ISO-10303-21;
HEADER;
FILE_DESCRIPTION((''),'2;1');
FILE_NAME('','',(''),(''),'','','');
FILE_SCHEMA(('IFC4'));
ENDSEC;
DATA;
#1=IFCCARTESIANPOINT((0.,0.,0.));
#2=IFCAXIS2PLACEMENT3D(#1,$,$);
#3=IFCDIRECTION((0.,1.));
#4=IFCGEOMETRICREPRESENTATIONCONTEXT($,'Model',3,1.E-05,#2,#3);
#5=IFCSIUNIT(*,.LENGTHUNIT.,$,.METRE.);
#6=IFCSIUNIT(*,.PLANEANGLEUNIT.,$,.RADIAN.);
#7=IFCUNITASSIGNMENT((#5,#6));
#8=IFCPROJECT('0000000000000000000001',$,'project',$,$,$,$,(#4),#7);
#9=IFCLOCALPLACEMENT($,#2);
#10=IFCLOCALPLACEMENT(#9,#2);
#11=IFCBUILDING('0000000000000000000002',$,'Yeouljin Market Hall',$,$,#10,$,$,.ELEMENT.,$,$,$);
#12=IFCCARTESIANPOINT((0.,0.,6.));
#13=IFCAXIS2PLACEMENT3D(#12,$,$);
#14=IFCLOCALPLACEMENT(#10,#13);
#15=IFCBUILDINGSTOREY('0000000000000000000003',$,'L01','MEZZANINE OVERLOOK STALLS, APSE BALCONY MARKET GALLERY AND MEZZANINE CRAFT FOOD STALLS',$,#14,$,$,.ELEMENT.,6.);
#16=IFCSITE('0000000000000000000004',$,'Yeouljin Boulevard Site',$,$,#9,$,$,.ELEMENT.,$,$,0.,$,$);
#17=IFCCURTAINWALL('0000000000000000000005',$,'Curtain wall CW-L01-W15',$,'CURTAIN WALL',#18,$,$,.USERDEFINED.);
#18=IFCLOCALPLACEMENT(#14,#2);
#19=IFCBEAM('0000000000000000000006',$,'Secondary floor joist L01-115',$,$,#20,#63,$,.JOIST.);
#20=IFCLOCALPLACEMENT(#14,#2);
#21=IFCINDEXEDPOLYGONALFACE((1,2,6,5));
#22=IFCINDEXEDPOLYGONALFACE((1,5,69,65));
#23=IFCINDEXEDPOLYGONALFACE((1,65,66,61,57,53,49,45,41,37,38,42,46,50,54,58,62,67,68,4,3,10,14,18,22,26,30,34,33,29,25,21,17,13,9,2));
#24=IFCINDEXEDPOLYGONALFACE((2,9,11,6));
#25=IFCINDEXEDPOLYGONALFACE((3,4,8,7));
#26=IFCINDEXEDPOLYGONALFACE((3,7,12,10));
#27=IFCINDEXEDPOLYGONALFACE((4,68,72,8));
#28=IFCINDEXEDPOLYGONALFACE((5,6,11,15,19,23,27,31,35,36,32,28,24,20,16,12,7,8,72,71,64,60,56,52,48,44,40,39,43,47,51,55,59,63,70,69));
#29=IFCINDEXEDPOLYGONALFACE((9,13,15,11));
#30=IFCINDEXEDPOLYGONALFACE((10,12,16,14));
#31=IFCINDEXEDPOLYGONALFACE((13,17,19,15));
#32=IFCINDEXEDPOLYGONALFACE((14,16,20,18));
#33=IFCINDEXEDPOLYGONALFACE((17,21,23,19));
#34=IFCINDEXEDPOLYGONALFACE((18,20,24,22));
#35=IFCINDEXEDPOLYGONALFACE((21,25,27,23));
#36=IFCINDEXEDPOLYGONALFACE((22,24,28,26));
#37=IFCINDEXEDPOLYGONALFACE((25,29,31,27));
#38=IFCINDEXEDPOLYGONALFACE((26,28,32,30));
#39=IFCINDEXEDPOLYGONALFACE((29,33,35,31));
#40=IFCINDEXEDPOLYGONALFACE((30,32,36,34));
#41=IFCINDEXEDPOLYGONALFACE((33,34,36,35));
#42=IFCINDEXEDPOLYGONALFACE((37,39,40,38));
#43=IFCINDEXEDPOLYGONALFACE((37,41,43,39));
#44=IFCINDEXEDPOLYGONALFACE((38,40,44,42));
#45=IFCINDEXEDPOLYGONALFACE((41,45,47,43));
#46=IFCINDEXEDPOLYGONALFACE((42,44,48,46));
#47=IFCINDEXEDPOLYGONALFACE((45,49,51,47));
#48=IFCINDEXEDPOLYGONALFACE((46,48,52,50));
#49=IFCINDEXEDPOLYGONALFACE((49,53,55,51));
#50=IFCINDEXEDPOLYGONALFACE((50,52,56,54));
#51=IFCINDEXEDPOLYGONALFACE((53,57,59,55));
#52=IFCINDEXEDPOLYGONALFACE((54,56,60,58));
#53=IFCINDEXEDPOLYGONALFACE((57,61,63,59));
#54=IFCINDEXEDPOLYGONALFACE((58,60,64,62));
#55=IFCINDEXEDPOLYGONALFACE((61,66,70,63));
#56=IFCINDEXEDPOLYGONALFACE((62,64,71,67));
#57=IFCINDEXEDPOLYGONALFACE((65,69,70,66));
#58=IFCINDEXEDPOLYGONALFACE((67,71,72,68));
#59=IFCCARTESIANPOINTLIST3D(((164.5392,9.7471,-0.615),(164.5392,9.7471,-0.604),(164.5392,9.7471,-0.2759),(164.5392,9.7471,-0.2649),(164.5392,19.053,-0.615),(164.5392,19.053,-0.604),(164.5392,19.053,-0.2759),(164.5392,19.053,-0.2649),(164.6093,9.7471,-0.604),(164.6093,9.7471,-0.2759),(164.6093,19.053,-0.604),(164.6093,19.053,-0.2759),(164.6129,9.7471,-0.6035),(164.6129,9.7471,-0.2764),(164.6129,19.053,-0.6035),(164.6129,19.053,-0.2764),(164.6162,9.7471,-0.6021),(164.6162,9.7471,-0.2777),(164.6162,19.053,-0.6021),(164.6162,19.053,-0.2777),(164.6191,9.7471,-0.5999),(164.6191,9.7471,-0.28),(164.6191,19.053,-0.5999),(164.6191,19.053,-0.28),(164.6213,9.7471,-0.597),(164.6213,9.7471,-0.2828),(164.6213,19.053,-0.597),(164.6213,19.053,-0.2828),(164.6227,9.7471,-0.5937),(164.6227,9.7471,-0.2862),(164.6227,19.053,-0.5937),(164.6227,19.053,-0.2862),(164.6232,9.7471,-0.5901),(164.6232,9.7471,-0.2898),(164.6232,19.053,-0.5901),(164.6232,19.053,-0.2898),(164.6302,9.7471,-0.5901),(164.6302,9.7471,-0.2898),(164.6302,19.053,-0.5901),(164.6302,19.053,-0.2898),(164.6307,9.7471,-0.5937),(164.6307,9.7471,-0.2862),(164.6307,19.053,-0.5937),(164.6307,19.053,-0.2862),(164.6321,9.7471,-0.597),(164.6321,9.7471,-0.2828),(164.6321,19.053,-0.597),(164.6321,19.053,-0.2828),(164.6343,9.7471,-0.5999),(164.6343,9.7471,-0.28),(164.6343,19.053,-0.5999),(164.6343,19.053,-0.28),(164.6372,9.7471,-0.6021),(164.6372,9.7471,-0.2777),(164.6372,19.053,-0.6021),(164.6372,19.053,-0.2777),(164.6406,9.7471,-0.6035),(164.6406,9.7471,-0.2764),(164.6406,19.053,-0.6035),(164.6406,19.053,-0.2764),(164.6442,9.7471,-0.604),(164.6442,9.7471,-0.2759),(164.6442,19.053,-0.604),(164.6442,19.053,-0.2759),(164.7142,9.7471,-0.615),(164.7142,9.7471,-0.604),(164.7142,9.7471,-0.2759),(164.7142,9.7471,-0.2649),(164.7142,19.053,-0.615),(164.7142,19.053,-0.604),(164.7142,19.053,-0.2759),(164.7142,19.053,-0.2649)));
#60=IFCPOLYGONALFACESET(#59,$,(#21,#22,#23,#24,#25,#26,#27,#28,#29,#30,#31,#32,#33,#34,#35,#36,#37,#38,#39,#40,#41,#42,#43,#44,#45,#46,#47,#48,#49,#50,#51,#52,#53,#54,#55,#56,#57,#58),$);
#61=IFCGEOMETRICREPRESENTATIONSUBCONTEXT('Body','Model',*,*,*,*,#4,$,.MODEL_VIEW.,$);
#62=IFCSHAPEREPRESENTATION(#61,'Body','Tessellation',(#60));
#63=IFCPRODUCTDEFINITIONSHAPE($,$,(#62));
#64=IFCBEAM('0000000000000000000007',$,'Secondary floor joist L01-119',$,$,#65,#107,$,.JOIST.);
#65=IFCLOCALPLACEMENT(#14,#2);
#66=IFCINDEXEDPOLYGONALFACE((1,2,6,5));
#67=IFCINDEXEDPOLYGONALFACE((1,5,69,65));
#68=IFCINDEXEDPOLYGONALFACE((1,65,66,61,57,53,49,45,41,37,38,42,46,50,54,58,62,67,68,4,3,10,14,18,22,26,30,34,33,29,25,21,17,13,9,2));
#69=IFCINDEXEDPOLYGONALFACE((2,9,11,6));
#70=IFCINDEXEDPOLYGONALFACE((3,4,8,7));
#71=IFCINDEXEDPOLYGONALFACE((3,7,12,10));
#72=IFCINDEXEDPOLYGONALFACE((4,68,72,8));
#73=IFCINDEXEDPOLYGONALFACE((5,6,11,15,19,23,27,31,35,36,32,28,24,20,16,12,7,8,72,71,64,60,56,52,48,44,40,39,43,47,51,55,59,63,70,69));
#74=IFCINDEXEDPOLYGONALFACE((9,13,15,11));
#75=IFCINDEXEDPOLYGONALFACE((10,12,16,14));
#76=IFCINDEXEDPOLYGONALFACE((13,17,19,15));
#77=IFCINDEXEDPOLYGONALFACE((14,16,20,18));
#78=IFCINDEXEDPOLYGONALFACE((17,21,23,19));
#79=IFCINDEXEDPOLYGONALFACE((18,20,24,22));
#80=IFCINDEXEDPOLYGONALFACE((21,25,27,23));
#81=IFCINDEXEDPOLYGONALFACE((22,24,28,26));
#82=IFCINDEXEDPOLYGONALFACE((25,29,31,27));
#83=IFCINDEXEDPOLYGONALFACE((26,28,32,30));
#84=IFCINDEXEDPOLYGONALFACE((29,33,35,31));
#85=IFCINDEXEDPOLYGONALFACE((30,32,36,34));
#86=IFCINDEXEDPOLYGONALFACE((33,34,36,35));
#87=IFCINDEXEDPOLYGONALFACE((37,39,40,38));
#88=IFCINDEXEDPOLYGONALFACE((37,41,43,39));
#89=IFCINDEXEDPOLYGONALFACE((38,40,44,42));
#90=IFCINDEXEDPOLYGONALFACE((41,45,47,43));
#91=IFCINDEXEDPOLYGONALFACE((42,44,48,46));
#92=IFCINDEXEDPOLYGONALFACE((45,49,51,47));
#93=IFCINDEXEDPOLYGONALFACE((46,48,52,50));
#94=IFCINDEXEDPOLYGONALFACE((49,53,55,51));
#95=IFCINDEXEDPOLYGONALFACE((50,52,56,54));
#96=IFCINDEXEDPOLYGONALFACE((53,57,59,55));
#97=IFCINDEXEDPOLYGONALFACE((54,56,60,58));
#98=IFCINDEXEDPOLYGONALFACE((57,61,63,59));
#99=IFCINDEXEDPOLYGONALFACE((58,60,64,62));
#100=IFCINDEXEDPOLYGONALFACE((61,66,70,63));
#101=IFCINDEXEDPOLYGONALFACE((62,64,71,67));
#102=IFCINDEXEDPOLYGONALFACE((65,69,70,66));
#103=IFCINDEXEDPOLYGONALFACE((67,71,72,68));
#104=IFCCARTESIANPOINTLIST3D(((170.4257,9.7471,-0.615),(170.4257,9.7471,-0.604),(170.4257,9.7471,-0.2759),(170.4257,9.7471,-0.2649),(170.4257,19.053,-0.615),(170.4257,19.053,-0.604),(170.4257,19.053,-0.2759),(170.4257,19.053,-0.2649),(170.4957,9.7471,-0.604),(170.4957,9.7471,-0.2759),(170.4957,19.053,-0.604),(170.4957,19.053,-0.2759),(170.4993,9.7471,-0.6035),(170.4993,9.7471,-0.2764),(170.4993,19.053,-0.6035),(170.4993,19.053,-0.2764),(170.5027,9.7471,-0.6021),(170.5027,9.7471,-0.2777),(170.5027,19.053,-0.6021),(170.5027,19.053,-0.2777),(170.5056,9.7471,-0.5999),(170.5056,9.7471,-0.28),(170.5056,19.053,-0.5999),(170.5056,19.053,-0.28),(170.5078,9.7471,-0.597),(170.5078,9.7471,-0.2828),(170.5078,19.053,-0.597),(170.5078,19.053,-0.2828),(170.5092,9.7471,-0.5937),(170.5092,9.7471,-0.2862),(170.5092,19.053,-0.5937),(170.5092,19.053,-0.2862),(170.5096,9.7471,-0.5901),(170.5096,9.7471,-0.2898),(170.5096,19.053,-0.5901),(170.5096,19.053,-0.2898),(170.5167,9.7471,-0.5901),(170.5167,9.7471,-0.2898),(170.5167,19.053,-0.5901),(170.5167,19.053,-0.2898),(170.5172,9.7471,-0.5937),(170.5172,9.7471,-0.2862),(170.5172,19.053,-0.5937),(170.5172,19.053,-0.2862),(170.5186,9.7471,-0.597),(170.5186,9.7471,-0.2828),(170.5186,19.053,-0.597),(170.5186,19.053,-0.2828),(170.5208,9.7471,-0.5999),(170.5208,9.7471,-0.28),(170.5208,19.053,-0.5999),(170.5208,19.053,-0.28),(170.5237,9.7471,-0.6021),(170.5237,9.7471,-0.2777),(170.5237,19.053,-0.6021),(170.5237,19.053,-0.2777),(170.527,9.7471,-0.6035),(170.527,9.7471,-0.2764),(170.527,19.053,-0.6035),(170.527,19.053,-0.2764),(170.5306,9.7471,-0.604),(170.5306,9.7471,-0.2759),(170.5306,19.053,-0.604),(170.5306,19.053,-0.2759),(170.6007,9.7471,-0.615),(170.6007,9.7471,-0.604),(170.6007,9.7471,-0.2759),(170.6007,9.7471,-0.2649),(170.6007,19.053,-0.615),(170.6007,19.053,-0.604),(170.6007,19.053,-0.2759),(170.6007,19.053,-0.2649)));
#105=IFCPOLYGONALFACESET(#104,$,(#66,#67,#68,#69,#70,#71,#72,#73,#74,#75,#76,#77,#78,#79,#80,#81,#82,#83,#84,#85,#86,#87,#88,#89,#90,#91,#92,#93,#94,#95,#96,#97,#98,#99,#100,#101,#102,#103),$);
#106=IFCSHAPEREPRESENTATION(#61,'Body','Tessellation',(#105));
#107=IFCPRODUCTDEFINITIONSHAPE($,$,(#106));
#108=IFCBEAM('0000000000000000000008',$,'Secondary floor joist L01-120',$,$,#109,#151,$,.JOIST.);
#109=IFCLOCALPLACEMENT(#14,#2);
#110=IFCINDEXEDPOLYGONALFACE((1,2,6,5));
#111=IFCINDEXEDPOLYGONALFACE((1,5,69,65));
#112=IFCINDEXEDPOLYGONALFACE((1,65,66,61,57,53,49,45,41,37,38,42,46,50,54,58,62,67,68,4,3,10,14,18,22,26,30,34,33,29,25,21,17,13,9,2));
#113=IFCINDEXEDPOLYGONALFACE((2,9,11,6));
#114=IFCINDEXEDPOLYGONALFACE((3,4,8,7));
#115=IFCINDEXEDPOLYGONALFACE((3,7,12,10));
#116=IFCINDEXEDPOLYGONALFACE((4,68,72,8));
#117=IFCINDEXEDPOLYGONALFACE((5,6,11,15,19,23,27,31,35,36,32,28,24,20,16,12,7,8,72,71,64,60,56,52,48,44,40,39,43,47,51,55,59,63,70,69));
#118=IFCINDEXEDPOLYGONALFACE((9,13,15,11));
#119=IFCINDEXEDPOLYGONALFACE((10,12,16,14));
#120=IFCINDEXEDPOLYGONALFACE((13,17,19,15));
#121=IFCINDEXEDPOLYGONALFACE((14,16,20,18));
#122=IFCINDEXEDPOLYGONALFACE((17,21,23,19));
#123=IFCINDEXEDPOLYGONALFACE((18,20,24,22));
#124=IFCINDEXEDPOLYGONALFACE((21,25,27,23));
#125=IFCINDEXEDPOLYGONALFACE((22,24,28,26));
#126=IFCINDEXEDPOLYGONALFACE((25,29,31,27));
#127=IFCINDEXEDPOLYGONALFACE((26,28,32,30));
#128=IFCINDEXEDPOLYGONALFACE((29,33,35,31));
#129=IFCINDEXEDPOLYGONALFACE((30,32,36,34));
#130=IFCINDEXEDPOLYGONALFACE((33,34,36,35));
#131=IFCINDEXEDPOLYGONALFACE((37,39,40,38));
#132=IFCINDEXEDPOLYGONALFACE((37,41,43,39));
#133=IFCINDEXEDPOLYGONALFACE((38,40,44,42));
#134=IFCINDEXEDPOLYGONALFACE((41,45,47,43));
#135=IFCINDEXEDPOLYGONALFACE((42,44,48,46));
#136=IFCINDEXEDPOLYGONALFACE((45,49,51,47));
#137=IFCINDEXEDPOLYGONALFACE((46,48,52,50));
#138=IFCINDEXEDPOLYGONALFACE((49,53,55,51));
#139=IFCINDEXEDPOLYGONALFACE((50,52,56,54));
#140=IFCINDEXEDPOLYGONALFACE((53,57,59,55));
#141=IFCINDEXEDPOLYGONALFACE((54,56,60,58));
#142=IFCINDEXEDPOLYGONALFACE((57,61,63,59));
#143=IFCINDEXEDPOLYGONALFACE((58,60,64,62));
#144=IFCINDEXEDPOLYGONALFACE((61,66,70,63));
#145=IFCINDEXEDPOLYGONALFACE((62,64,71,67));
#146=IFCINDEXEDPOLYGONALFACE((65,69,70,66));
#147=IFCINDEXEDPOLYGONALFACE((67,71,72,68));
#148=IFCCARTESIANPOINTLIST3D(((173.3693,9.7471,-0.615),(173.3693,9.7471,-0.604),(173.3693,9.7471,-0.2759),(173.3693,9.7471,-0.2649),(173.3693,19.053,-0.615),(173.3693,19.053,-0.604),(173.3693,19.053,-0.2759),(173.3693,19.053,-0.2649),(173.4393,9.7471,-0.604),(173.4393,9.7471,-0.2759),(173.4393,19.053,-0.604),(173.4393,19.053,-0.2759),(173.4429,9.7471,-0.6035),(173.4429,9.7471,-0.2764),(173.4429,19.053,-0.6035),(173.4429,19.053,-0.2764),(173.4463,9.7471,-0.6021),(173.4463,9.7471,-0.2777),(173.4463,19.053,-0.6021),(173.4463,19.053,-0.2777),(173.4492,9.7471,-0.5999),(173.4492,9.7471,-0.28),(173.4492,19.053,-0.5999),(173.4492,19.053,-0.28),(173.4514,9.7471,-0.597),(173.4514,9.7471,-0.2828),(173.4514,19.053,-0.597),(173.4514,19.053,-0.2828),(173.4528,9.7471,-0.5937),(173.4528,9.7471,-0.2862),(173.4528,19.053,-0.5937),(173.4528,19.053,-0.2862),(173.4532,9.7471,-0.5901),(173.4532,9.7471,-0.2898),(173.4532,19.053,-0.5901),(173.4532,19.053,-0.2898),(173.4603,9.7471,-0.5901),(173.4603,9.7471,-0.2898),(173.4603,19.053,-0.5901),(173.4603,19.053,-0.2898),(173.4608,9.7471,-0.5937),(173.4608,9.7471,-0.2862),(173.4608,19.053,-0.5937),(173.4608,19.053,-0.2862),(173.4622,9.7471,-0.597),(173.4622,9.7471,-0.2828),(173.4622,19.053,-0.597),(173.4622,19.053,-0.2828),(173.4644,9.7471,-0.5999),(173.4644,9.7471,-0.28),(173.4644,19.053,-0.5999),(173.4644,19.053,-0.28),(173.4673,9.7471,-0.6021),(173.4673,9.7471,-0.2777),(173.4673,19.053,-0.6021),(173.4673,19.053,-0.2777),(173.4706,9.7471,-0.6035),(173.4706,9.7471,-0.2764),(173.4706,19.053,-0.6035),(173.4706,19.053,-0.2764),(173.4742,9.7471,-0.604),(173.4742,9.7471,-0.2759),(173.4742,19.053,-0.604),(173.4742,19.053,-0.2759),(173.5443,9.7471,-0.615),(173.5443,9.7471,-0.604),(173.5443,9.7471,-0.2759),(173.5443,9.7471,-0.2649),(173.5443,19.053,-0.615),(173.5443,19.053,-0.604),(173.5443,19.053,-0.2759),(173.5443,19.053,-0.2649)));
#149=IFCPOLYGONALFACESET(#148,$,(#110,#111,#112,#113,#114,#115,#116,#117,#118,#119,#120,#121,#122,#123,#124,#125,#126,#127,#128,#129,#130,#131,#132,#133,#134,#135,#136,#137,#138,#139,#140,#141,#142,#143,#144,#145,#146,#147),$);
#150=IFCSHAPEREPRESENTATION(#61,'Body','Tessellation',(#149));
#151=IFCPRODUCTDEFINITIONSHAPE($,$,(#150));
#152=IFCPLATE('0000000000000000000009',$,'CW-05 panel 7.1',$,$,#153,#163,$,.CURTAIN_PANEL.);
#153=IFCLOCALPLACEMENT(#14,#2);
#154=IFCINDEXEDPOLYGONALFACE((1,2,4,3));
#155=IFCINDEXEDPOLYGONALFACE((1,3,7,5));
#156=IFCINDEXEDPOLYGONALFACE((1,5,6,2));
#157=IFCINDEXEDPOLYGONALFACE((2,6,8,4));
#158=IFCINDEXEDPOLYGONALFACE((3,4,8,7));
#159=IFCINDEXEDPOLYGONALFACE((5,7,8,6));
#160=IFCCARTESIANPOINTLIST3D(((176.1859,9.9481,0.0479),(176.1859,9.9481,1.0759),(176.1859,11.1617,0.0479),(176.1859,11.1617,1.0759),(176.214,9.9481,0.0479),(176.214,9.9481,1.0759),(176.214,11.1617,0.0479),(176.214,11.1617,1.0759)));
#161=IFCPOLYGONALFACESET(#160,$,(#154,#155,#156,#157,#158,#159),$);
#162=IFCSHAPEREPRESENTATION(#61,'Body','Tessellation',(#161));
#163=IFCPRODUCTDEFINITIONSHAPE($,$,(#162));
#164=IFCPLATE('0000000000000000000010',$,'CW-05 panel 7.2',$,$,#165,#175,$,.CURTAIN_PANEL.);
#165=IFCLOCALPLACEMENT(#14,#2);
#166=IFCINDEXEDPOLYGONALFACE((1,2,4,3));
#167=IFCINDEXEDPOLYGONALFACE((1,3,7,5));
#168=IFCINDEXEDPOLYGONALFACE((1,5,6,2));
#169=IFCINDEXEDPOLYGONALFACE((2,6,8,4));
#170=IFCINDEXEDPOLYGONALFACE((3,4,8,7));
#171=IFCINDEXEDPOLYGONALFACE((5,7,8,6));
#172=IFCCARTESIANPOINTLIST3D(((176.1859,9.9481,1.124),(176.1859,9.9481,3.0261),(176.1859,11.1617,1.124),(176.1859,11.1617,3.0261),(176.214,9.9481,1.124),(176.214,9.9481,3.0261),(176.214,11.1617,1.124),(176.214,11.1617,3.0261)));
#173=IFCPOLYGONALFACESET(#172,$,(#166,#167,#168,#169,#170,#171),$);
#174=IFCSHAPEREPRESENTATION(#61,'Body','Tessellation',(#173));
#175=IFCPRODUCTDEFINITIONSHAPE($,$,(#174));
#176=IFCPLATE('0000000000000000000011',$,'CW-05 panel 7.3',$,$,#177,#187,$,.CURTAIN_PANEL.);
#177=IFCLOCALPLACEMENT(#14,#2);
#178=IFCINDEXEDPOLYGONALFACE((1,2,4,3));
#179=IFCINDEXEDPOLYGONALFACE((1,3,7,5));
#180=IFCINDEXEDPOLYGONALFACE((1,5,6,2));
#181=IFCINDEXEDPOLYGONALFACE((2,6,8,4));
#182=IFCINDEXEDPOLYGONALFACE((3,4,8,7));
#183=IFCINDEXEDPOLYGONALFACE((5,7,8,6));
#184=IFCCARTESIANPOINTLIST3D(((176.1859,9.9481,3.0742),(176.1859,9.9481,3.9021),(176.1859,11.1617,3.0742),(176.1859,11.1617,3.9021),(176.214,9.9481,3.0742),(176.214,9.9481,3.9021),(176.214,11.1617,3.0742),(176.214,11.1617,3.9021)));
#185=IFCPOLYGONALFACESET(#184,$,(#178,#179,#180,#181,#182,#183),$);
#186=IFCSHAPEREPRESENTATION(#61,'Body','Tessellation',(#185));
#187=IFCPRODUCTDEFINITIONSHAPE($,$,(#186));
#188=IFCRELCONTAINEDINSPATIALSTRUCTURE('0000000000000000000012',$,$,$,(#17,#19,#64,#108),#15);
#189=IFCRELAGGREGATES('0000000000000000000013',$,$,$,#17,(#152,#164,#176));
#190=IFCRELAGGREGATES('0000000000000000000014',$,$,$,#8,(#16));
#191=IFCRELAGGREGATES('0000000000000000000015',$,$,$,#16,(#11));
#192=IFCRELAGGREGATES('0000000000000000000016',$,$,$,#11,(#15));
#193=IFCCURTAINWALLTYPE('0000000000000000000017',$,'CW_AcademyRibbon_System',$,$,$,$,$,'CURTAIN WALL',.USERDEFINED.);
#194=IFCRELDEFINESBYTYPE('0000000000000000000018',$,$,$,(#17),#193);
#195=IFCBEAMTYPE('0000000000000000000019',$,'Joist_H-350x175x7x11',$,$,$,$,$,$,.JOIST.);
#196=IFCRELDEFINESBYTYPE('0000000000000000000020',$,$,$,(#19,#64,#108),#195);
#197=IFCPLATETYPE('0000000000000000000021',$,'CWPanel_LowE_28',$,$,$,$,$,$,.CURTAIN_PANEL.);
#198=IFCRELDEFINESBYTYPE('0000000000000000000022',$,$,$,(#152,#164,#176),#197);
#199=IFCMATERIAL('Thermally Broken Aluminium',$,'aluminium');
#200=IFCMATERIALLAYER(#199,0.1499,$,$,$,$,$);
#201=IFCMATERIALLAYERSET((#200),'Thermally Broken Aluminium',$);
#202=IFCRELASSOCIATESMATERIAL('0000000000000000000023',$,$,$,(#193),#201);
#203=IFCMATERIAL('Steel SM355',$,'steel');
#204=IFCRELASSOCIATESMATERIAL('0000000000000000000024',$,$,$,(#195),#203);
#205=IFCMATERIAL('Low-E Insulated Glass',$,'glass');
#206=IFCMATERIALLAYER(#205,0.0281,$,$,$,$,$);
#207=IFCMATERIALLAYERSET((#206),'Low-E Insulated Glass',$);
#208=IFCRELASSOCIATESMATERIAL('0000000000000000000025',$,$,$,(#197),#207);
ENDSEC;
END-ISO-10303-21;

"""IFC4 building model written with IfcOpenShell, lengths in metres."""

from ifc_helpers import new_model, si_unit, direction, frame, origin, origin_2d, place, context, subcontext, project, spatial, rectangle, i_section, extrude, material, layer, layer_set, material_profile, profile_set, type_object, element, aggregate, save


model = new_model("IFC4")

# Units and contexts
model_context = context("Model", 3, precision=1e-05, world=origin(), true_north=direction((0.0, 1.0)))
body_context = subcontext(model_context, "Body", "Model", "MODEL_VIEW")
ifc_project = project(units=[si_unit("LENGTHUNIT", "METRE"), si_unit("PLANEANGLEUNIT", "RADIAN")], contexts=[model_context])

# Site, building, storey
site_placement = place(None, origin())
site = spatial("IfcSite", under=ifc_project, at=site_placement, Name="Yeouljin Boulevard Site", CompositionType="ELEMENT", RefElevation=0.0)
building_placement = place(site_placement, origin())
building = spatial("IfcBuilding", under=site, at=building_placement, Name="Yeouljin Market Hall", CompositionType="ELEMENT")
storey_placement = place(building_placement, frame((0.0, 0.0, 6.0)))
storey = spatial("IfcBuildingStorey", under=building, at=storey_placement, Name="L01", Description="MEZZANINE OVERLOOK STALLS, APSE BALCONY MARKET GALLERY AND MEZZANINE CRAFT FOOD STALLS", CompositionType="ELEMENT", Elevation=6.0)

# Curtain wall
ifc_material_1 = material(Name="Thermally Broken Aluminium", Category="aluminium")
ifc_layer_1 = layer(ifc_material_1, 0.1499)
ifc_layer_set_1 = layer_set([ifc_layer_1], Name="Thermally Broken Aluminium")
curtain_wall_type = type_object("IfcCurtainWallType", Name="CW_AcademyRibbon_System", ElementType="CURTAIN WALL", PredefinedType="USERDEFINED", material=ifc_layer_set_1)
curtain_wall_placement = place(storey_placement, origin())
curtain_wall = element("IfcCurtainWall", 1, at=curtain_wall_placement, inside=storey, type_object=curtain_wall_type, Name="Curtain wall CW-L01-W15", ObjectType="CURTAIN WALL", PredefinedType="USERDEFINED")

# Beams
ifc_material_2 = material(Name="Steel SM355", Category="steel")
ifc_material_profile_1 = material_profile(ifc_material_2, i_section(OverallWidth=0.175, OverallDepth=0.3501, WebThickness=0.0071, FlangeThickness=0.011, FilletRadius=0.0139, at=origin_2d()), Name="H-350x175x7x11")
ifc_profile_set_1 = profile_set([ifc_material_profile_1], Name="Steel SM355")
beam_type_1 = type_object("IfcBeamType", Name="Joist_H-350x175x7x11", PredefinedType="JOIST", material=ifc_profile_set_1)
for number, where, z_axis, x_axis, name in (
    (2, (164.6267, 9.7471, -0.4399), (0.0, 1.0, 0.0), (-1.0, 0.0, 0.0), "Secondary floor joist L01-115"),
    (3, (170.5132, 9.7471, -0.4399), (0.0, 1.0, 0.0), (-1.0, 0.0, 0.0), "Secondary floor joist L01-119"),
    (4, (173.4568, 9.7471, -0.4399), (0.0, 1.0, 0.0), (-1.0, 0.0, 0.0), "Secondary floor joist L01-120"),
):
    element("IfcBeam", number, at=place(storey_placement, frame(where, z_axis=z_axis, x_axis=x_axis)), inside=storey, type_object=beam_type_1, Name=name, PredefinedType="JOIST", context=body_context, shape_type="SweptSolid", body=[
        extrude(i_section(OverallWidth=0.175, OverallDepth=0.3501, WebThickness=0.0071, FlangeThickness=0.011, FilletRadius=0.0139, at=origin_2d()), origin(), (0.0, 0.0, 1.0), 9.3059),
    ])

# Plates
ifc_material_3 = material(Name="Low-E Insulated Glass", Category="glass")
ifc_layer_2 = layer(ifc_material_3, 0.0281)
ifc_layer_set_2 = layer_set([ifc_layer_2], Name="Low-E Insulated Glass")
plate_type = type_object("IfcPlateType", Name="CWPanel_LowE_28", PredefinedType="CURTAIN_PANEL", material=ifc_layer_set_2)
plate_1_placement = place(storey_placement, frame((176.2, 10.5549, 0.0479), z_axis=(0.0, 0.0, 1.0), x_axis=(0.0, -1.0, 0.0)))
plate_1 = element("IfcPlate", 5, at=plate_1_placement, type_object=plate_type, Name="CW-05 panel 7.1", PredefinedType="CURTAIN_PANEL", context=body_context, shape_type="SweptSolid", body=[
    extrude(rectangle(XDim=1.2136, YDim=0.0281, at=origin_2d()), origin(), (0.0, 0.0, 1.0), 1.0281),
])
plate_2_placement = place(storey_placement, frame((176.2, 10.5549, 1.124), z_axis=(0.0, 0.0, 1.0), x_axis=(0.0, -1.0, 0.0)))
plate_2 = element("IfcPlate", 6, at=plate_2_placement, type_object=plate_type, Name="CW-05 panel 7.2", PredefinedType="CURTAIN_PANEL", context=body_context, shape_type="SweptSolid", body=[
    extrude(rectangle(XDim=1.2136, YDim=0.0281, at=origin_2d()), origin(), (0.0, 0.0, 1.0), 1.9021),
])
plate_3_placement = place(storey_placement, frame((176.2, 10.5549, 3.0742), z_axis=(0.0, 0.0, 1.0), x_axis=(0.0, -1.0, 0.0)))
plate_3 = element("IfcPlate", 7, at=plate_3_placement, type_object=plate_type, Name="CW-05 panel 7.3", PredefinedType="CURTAIN_PANEL", context=body_context, shape_type="SweptSolid", body=[
    extrude(rectangle(XDim=1.2136, YDim=0.0281, at=origin_2d()), origin(), (0.0, 0.0, 1.0), 0.8279),
])
aggregate(curtain_wall, [plate_1, plate_2, plate_3])

save(model, "model.ifc")
